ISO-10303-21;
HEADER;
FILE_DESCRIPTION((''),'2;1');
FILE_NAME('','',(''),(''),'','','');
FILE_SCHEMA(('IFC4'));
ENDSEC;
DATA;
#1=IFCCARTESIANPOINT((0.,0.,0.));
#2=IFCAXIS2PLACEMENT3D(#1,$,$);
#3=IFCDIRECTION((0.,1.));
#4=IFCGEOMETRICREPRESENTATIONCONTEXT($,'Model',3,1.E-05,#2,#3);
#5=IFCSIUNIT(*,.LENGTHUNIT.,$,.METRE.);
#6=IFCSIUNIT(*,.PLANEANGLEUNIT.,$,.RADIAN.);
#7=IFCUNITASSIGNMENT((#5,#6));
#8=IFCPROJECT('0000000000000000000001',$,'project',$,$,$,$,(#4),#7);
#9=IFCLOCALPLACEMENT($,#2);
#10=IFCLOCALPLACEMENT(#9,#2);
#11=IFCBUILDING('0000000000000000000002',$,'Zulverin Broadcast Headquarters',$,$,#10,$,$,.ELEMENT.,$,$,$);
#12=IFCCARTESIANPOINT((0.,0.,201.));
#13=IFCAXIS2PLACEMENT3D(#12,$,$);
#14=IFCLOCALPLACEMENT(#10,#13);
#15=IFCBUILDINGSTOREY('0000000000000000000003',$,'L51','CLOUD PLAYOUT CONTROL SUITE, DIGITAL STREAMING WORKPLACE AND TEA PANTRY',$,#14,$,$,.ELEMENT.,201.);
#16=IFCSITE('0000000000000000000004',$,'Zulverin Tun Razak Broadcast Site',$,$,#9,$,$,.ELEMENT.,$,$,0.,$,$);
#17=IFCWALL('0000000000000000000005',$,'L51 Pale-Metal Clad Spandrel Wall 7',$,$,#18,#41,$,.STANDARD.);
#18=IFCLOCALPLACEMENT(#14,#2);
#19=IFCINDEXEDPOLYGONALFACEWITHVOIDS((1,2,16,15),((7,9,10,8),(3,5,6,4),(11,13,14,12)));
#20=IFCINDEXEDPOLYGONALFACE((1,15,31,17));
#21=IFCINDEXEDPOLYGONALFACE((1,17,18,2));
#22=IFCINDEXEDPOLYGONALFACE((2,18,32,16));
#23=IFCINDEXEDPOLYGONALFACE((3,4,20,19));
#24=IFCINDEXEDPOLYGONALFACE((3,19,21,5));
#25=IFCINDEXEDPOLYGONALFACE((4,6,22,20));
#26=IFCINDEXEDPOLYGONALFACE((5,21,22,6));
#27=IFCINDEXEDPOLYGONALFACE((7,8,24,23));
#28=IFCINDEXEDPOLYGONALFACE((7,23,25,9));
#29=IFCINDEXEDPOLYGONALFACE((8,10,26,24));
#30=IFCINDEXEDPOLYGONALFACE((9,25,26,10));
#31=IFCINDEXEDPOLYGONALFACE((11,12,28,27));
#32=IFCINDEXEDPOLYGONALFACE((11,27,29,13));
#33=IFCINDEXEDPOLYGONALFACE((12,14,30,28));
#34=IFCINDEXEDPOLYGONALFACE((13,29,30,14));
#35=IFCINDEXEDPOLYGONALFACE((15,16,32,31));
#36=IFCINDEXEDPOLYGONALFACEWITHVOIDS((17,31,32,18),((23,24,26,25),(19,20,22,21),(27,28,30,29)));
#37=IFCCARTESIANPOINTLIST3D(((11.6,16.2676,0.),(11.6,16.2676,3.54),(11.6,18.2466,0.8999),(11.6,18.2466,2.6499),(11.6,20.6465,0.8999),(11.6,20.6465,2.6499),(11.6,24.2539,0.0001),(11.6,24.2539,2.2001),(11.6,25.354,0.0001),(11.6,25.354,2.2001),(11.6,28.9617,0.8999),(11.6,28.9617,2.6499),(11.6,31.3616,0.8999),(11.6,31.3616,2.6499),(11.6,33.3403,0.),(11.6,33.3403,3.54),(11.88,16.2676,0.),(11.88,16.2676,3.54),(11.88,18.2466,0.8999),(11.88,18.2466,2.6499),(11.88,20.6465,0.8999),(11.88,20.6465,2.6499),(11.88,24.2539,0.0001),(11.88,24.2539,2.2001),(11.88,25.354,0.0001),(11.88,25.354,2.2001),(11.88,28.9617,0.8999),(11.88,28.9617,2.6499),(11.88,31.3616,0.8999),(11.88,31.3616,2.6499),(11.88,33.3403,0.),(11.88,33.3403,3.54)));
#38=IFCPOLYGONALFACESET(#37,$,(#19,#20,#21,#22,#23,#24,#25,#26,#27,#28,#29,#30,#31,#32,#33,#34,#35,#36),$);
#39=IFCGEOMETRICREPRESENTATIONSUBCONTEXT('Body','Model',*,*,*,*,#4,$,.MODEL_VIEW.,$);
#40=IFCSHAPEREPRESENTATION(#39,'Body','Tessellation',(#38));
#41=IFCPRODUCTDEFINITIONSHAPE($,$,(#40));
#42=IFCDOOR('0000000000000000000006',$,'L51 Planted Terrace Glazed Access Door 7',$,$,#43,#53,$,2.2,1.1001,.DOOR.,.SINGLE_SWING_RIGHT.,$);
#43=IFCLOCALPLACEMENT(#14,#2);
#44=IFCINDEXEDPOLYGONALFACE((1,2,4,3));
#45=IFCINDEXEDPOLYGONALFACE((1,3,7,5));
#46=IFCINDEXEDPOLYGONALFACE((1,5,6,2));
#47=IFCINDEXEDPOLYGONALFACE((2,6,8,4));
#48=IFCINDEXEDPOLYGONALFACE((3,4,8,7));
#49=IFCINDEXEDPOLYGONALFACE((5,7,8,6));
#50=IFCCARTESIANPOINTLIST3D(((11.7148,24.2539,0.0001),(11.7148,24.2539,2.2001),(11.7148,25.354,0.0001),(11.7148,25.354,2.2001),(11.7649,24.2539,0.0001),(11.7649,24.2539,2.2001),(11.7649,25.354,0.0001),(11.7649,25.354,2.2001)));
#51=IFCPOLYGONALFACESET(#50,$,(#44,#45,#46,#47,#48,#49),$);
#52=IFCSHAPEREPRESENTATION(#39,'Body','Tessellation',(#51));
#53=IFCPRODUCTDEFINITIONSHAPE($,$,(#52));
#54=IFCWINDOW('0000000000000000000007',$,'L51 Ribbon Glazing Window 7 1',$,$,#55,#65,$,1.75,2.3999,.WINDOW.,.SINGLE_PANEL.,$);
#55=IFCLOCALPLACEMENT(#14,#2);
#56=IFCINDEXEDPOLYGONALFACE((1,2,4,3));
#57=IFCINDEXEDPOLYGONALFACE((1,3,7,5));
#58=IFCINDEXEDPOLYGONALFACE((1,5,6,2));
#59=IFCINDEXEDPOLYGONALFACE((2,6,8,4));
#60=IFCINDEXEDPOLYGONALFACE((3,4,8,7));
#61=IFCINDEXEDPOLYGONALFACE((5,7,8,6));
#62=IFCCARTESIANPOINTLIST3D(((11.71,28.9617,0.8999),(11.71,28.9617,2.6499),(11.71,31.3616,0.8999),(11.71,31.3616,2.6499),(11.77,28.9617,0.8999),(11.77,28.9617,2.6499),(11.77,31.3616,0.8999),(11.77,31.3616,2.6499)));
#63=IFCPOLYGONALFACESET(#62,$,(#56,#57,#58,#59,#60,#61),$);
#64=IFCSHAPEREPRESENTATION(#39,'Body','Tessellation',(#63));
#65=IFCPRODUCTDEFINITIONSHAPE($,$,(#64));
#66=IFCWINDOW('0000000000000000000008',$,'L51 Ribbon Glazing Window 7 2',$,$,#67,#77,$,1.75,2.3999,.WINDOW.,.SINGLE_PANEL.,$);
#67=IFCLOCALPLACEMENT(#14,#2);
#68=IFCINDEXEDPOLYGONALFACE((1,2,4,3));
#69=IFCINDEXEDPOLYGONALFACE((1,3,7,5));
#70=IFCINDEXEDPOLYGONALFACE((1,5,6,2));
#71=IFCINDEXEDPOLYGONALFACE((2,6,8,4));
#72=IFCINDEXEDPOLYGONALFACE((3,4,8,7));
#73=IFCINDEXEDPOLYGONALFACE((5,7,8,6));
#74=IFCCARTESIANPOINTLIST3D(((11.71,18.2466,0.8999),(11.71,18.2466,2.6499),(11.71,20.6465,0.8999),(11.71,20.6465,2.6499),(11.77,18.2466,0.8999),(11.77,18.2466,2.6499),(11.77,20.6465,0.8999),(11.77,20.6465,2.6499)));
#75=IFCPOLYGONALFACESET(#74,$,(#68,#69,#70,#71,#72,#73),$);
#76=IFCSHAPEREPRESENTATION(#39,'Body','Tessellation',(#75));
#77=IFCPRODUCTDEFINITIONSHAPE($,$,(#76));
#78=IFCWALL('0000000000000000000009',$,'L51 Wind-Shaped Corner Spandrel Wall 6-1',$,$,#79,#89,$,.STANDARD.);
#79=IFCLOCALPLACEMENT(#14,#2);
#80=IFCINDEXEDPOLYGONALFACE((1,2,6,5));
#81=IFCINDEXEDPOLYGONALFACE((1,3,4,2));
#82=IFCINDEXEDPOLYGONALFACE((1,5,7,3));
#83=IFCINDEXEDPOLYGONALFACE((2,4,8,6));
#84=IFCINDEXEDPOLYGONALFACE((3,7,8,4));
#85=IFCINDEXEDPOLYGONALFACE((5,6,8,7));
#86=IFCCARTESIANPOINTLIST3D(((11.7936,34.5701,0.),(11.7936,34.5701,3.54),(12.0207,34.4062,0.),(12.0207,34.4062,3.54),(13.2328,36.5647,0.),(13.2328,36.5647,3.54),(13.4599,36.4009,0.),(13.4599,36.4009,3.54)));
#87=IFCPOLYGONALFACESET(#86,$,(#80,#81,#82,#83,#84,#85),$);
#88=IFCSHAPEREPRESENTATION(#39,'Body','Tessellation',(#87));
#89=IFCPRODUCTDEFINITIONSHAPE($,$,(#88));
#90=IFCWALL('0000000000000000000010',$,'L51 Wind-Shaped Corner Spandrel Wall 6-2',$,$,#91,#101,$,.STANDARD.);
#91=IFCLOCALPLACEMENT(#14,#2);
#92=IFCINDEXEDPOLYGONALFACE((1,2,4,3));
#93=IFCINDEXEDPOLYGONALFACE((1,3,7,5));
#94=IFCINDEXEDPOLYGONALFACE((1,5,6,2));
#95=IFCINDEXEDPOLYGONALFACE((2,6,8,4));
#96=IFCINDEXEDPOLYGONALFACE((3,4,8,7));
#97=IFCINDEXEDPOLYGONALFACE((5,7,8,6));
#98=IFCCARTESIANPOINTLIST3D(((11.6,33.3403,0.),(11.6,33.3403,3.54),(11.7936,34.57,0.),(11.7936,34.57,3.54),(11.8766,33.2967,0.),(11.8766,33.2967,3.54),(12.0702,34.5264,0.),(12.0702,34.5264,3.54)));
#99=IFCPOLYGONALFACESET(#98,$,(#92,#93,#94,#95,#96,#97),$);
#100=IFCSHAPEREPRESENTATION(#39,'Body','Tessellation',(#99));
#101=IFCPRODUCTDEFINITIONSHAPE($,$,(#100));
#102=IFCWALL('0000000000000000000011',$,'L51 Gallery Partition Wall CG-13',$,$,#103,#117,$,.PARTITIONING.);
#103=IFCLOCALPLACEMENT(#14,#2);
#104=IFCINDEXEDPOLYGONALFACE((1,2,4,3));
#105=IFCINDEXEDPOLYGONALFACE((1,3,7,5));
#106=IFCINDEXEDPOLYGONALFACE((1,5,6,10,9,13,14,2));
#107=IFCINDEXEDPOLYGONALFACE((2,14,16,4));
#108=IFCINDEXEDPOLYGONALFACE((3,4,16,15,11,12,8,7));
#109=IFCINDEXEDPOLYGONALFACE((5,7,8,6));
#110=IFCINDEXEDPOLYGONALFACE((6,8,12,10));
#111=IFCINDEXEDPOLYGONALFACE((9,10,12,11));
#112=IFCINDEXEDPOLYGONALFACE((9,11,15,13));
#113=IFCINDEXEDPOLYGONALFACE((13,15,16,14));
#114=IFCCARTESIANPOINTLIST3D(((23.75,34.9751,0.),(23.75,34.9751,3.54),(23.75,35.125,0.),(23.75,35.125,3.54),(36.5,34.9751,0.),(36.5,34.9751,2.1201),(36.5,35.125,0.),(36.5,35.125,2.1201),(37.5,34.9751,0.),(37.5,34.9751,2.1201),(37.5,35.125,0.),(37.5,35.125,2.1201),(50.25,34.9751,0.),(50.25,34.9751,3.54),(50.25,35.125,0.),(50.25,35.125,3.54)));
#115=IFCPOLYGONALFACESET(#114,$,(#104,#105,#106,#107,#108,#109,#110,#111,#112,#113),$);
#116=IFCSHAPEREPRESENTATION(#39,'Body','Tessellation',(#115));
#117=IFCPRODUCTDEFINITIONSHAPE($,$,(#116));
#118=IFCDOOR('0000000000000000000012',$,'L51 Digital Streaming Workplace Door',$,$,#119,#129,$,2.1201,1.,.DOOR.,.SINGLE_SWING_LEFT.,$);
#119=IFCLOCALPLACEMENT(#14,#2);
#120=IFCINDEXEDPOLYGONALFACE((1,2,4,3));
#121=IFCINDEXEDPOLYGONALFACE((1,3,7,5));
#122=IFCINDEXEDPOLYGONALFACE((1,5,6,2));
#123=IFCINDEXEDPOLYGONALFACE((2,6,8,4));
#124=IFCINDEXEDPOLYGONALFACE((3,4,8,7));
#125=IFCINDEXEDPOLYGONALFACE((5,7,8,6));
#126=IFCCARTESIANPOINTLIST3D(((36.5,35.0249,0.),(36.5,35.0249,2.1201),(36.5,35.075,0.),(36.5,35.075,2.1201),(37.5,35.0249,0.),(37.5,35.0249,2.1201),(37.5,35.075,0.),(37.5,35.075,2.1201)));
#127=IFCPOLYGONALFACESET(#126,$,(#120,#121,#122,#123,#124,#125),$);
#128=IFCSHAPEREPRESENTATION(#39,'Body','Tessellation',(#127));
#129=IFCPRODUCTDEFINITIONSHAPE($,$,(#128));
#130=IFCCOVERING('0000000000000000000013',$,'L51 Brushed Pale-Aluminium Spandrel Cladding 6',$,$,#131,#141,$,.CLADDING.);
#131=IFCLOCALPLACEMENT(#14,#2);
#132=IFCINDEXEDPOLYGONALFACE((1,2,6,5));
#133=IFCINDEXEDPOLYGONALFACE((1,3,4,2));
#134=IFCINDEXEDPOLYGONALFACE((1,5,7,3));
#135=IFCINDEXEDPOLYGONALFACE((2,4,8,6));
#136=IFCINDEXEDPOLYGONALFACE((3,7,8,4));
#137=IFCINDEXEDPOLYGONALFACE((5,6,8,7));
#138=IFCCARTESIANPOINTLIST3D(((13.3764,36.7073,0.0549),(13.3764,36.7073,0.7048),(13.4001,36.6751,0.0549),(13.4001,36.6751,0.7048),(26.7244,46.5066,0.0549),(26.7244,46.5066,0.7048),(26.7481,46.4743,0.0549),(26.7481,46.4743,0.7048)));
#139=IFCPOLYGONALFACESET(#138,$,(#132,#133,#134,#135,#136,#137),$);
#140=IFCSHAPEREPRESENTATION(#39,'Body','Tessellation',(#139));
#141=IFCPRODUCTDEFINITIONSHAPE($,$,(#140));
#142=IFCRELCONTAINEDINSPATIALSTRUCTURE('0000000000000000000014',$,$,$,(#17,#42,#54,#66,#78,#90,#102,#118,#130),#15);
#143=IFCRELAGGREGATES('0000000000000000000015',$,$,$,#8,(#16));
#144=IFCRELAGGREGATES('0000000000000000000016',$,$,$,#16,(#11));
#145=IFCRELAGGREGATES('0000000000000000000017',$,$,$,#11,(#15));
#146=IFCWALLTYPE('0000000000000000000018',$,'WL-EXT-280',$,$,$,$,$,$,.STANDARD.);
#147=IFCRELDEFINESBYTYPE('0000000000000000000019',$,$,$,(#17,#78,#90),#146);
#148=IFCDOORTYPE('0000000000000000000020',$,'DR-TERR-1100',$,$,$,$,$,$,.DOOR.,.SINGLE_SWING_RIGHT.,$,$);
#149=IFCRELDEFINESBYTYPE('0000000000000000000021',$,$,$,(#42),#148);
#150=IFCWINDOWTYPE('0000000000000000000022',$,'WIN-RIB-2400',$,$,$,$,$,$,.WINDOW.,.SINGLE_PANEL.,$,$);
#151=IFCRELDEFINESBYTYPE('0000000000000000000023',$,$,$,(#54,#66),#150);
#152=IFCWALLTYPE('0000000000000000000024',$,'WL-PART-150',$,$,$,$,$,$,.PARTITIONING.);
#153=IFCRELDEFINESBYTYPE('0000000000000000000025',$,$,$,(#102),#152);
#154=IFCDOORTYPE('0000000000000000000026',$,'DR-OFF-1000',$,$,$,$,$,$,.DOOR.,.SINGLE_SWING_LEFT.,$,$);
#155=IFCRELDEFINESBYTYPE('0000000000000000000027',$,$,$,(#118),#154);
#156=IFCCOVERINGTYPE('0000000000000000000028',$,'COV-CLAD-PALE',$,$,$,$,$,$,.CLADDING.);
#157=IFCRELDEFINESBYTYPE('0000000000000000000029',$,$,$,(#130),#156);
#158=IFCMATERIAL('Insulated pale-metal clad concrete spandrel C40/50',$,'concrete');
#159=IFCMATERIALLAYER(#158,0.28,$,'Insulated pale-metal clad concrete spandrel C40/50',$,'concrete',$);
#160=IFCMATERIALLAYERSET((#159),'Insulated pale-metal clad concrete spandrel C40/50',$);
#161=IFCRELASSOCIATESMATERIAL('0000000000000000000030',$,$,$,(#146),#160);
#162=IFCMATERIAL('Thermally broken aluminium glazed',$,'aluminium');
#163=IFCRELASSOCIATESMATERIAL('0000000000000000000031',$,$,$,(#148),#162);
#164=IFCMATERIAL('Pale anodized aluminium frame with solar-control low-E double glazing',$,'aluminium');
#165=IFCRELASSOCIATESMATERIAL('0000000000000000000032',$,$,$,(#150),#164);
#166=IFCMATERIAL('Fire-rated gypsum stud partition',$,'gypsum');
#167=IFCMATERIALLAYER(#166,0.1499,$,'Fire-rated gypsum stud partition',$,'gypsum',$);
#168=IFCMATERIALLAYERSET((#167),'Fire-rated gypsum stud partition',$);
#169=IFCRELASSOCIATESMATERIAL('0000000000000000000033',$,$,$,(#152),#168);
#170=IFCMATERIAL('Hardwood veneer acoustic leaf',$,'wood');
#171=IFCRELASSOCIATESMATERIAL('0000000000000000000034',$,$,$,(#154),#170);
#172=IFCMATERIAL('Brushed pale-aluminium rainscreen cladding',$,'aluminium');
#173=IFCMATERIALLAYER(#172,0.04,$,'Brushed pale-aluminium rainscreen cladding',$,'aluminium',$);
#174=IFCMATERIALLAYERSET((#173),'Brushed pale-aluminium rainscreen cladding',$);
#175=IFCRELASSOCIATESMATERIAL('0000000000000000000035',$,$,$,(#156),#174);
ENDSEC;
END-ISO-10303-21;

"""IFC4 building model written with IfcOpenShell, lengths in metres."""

from ifc_helpers import new_model, si_unit, direction, frame, frame_2d, origin, origin_2d, place, context, subcontext, project, spatial, rectangle, extrude, material, layer, layer_set, type_object, element, fill, save


model = new_model("IFC4")

# Units and contexts
model_context = context("Model", 3, precision=1e-05, world=origin(), true_north=direction((0.0, 1.0)))
body_context = subcontext(model_context, "Body", "Model", "MODEL_VIEW")
ifc_project = project(units=[si_unit("LENGTHUNIT", "METRE"), si_unit("PLANEANGLEUNIT", "RADIAN")], contexts=[model_context])

# Site, building, storey
site_placement = place(None, origin())
site = spatial("IfcSite", under=ifc_project, at=site_placement, Name="Zulverin Tun Razak Broadcast Site", CompositionType="ELEMENT", RefElevation=0.0)
building_placement = place(site_placement, origin())
building = spatial("IfcBuilding", under=site, at=building_placement, Name="Zulverin Broadcast Headquarters", CompositionType="ELEMENT")
storey_placement = place(building_placement, frame((0.0, 0.0, 201.0)))
storey = spatial("IfcBuildingStorey", under=building, at=storey_placement, Name="L51", Description="CLOUD PLAYOUT CONTROL SUITE, DIGITAL STREAMING WORKPLACE AND TEA PANTRY", CompositionType="ELEMENT", Elevation=201.0)

# Wall, openings, door, windows
ifc_material_1 = material(Name="Insulated pale-metal clad concrete spandrel C40/50", Category="concrete")
ifc_layer_1 = layer(ifc_material_1, 0.28, Name="Insulated pale-metal clad concrete spandrel C40/50", Category="concrete")
ifc_layer_set_1 = layer_set([ifc_layer_1], Name="Insulated pale-metal clad concrete spandrel C40/50")
wall_type_1 = type_object("IfcWallType", Name="WL-EXT-280", PredefinedType="STANDARD", material=ifc_layer_set_1)
wall_1_placement = place(storey_placement, frame((11.74, 33.3403, 0.0), z_axis=(0.0, 0.0, 1.0), x_axis=(0.0, -1.0, 0.0)))
wall_1 = element("IfcWall", 1, at=wall_1_placement, inside=storey, type_object=wall_type_1, Name="L51 Pale-Metal Clad Spandrel Wall 7", PredefinedType="STANDARD", context=body_context, shape_type="SweptSolid", body=[
    extrude(rectangle(XDim=17.0728, YDim=0.28, at=frame_2d((8.5364, 0.0))), origin(), (0.0, 0.0, 1.0), 3.54),
])
opening_1_placement = place(wall_1_placement, frame((7.9863, 0.0, 0.0)))
opening_1 = element("IfcOpeningElement", 2, at=opening_1_placement, cuts=wall_1, PredefinedType="OPENING", context=body_context, shape_type="SweptSolid", body=[
    extrude(rectangle(XDim=1.1001, YDim=2.2, at=frame_2d((0.55, 1.1001))), frame((0.0, 0.1499, 0.0), z_axis=(0.0, -1.0, 0.0), x_axis=(1.0, 0.0, 0.0)), (0.0, 0.0, 1.0), 0.3),
])
opening_2_placement = place(wall_1_placement, frame((1.9788, 0.0, 0.8999)))
opening_2 = element("IfcOpeningElement", 3, at=opening_2_placement, cuts=wall_1, PredefinedType="OPENING", context=body_context, shape_type="SweptSolid", body=[
    extrude(rectangle(XDim=2.3999, YDim=1.75, at=frame_2d((1.2, 0.875))), frame((0.0, 0.1499, 0.0), z_axis=(0.0, -1.0, 0.0), x_axis=(1.0, 0.0, 0.0)), (0.0, 0.0, 1.0), 0.3),
])
opening_3_placement = place(wall_1_placement, frame((12.6938, 0.0, 0.8999)))
opening_3 = element("IfcOpeningElement", 4, at=opening_3_placement, cuts=wall_1, PredefinedType="OPENING", context=body_context, shape_type="SweptSolid", body=[
    extrude(rectangle(XDim=2.3999, YDim=1.75, at=frame_2d((1.2, 0.875))), frame((0.0, 0.1499, 0.0), z_axis=(0.0, -1.0, 0.0), x_axis=(1.0, 0.0, 0.0)), (0.0, 0.0, 1.0), 0.3),
])
ifc_material_2 = material(Name="Thermally broken aluminium glazed", Category="aluminium")
door_type_1 = type_object("IfcDoorType", Name="DR-TERR-1100", OperationType="SINGLE_SWING_RIGHT", PredefinedType="DOOR", material=ifc_material_2)
door_1_placement = place(opening_1_placement, origin())
door_1 = element("IfcDoor", 5, at=door_1_placement, inside=storey, type_object=door_type_1, Name="L51 Planted Terrace Glazed Access Door 7", OperationType="SINGLE_SWING_RIGHT", OverallHeight=2.2, OverallWidth=1.1001, PredefinedType="DOOR", context=body_context, shape_type="SweptSolid", body=[
    extrude(rectangle(XDim=1.1001, YDim=2.2, at=frame_2d((0.55, 1.1001))), frame((0.0, 0.0249, 0.0), z_axis=(0.0, -1.0, 0.0), x_axis=(1.0, 0.0, 0.0)), (0.0, 0.0, 1.0), 0.05),
])
fill(opening_1, door_1)
ifc_material_3 = material(Name="Pale anodized aluminium frame with solar-control low-E double glazing", Category="aluminium")
window_type = type_object("IfcWindowType", Name="WIN-RIB-2400", PartitioningType="SINGLE_PANEL", PredefinedType="WINDOW", material=ifc_material_3)
window_1_placement = place(opening_2_placement, origin())
window_1 = element("IfcWindow", 6, at=window_1_placement, inside=storey, type_object=window_type, Name="L51 Ribbon Glazing Window 7 1", OverallHeight=1.75, OverallWidth=2.3999, PartitioningType="SINGLE_PANEL", PredefinedType="WINDOW", context=body_context, shape_type="SweptSolid", body=[
    extrude(rectangle(XDim=2.3999, YDim=1.75, at=frame_2d((1.2, 0.875))), frame((0.0, 0.03, 0.0), z_axis=(0.0, -1.0, 0.0), x_axis=(1.0, 0.0, 0.0)), (0.0, 0.0, 1.0), 0.0601),
])
fill(opening_2, window_1)
window_2_placement = place(opening_3_placement, origin())
window_2 = element("IfcWindow", 7, at=window_2_placement, inside=storey, type_object=window_type, Name="L51 Ribbon Glazing Window 7 2", OverallHeight=1.75, OverallWidth=2.3999, PartitioningType="SINGLE_PANEL", PredefinedType="WINDOW", context=body_context, shape_type="SweptSolid", body=[
    extrude(rectangle(XDim=2.3999, YDim=1.75, at=frame_2d((1.2, 0.875))), frame((0.0, 0.03, 0.0), z_axis=(0.0, -1.0, 0.0), x_axis=(1.0, 0.0, 0.0)), (0.0, 0.0, 1.0), 0.0601),
])
fill(opening_3, window_2)

# Walls
wall_2_placement = place(storey_placement, frame((13.3464, 36.4829, 0.0), z_axis=(0.0, 0.0, 1.0), x_axis=(-0.585128, -0.810941, 0.0)))
element("IfcWall", 8, at=wall_2_placement, inside=storey, type_object=wall_type_1, Name="L51 Wind-Shaped Corner Spandrel Wall 6-1", PredefinedType="STANDARD", context=body_context, shape_type="SweptSolid", body=[
    extrude(rectangle(XDim=2.4597, YDim=0.28, at=frame_2d((1.23, 0.0))), origin(), (0.0, 0.0, 1.0), 3.54),
])
wall_3_placement = place(storey_placement, frame((11.9319, 34.5483, 0.0), z_axis=(0.0, 0.0, 1.0), x_axis=(-0.155519, -0.987833, 0.0)))
element("IfcWall", 9, at=wall_3_placement, inside=storey, type_object=wall_type_1, Name="L51 Wind-Shaped Corner Spandrel Wall 6-2", PredefinedType="STANDARD", context=body_context, shape_type="SweptSolid", body=[
    extrude(rectangle(XDim=1.2449, YDim=0.28, at=frame_2d((0.6226, 0.0))), origin(), (0.0, 0.0, 1.0), 3.54),
])

# Wall, opening, door
ifc_material_4 = material(Name="Fire-rated gypsum stud partition", Category="gypsum")
ifc_layer_2 = layer(ifc_material_4, 0.1499, Name="Fire-rated gypsum stud partition", Category="gypsum")
ifc_layer_set_2 = layer_set([ifc_layer_2], Name="Fire-rated gypsum stud partition")
wall_type_2 = type_object("IfcWallType", Name="WL-PART-150", PredefinedType="PARTITIONING", material=ifc_layer_set_2)
wall_4_placement = place(storey_placement, frame((23.75, 35.05, 0.0), z_axis=(0.0, 0.0, 1.0), x_axis=(1.0, 0.0, 0.0)))
wall_4 = element("IfcWall", 10, at=wall_4_placement, inside=storey, type_object=wall_type_2, Name="L51 Gallery Partition Wall CG-13", PredefinedType="PARTITIONING", context=body_context, shape_type="SweptSolid", body=[
    extrude(rectangle(XDim=26.5, YDim=0.1499, at=frame_2d((13.25, 0.0))), origin(), (0.0, 0.0, 1.0), 3.54),
])
opening_4_placement = place(wall_4_placement, frame((12.75, 0.0, 0.0)))
opening_4 = element("IfcOpeningElement", 11, at=opening_4_placement, cuts=wall_4, PredefinedType="OPENING", context=body_context, shape_type="SweptSolid", body=[
    extrude(rectangle(XDim=1.0, YDim=2.1201, at=frame_2d((0.5, 1.0601))), frame((0.0, 0.085, 0.0), z_axis=(0.0, -1.0, 0.0), x_axis=(1.0, 0.0, 0.0)), (0.0, 0.0, 1.0), 0.1699),
])
ifc_material_5 = material(Name="Hardwood veneer acoustic leaf", Category="wood")
door_type_2 = type_object("IfcDoorType", Name="DR-OFF-1000", OperationType="SINGLE_SWING_LEFT", PredefinedType="DOOR", material=ifc_material_5)
door_2_placement = place(opening_4_placement, origin())
door_2 = element("IfcDoor", 12, at=door_2_placement, inside=storey, type_object=door_type_2, Name="L51 Digital Streaming Workplace Door", OperationType="SINGLE_SWING_LEFT", OverallHeight=2.1201, OverallWidth=1.0, PredefinedType="DOOR", context=body_context, shape_type="SweptSolid", body=[
    extrude(rectangle(XDim=1.0, YDim=2.1201, at=frame_2d((0.5, 1.0601))), frame((0.0, 0.0249, 0.0), z_axis=(0.0, -1.0, 0.0), x_axis=(1.0, 0.0, 0.0)), (0.0, 0.0, 1.0), 0.05),
])
fill(opening_4, door_2)

# Covering
ifc_material_6 = material(Name="Brushed pale-aluminium rainscreen cladding", Category="aluminium")
ifc_layer_3 = layer(ifc_material_6, 0.04, Name="Brushed pale-aluminium rainscreen cladding", Category="aluminium")
ifc_layer_set_3 = layer_set([ifc_layer_3], Name="Brushed pale-aluminium rainscreen cladding")
covering_type = type_object("IfcCoveringType", Name="COV-CLAD-PALE", PredefinedType="CLADDING", material=ifc_layer_set_3)
covering_placement = place(storey_placement, frame((20.0623, 41.5908, 0.0549), z_axis=(0.0, 0.0, 1.0), x_axis=(-0.806097, -0.591784, 0.0)))
element("IfcCovering", 13, at=covering_placement, inside=storey, type_object=covering_type, Name="L51 Brushed Pale-Aluminium Spandrel Cladding 6", PredefinedType="CLADDING", context=body_context, shape_type="SweptSolid", body=[
    extrude(rectangle(XDim=16.5588, YDim=0.04, at=origin_2d()), origin(), (0.0, 0.0, 1.0), 0.6499),
])

save(model, "model.ifc")
